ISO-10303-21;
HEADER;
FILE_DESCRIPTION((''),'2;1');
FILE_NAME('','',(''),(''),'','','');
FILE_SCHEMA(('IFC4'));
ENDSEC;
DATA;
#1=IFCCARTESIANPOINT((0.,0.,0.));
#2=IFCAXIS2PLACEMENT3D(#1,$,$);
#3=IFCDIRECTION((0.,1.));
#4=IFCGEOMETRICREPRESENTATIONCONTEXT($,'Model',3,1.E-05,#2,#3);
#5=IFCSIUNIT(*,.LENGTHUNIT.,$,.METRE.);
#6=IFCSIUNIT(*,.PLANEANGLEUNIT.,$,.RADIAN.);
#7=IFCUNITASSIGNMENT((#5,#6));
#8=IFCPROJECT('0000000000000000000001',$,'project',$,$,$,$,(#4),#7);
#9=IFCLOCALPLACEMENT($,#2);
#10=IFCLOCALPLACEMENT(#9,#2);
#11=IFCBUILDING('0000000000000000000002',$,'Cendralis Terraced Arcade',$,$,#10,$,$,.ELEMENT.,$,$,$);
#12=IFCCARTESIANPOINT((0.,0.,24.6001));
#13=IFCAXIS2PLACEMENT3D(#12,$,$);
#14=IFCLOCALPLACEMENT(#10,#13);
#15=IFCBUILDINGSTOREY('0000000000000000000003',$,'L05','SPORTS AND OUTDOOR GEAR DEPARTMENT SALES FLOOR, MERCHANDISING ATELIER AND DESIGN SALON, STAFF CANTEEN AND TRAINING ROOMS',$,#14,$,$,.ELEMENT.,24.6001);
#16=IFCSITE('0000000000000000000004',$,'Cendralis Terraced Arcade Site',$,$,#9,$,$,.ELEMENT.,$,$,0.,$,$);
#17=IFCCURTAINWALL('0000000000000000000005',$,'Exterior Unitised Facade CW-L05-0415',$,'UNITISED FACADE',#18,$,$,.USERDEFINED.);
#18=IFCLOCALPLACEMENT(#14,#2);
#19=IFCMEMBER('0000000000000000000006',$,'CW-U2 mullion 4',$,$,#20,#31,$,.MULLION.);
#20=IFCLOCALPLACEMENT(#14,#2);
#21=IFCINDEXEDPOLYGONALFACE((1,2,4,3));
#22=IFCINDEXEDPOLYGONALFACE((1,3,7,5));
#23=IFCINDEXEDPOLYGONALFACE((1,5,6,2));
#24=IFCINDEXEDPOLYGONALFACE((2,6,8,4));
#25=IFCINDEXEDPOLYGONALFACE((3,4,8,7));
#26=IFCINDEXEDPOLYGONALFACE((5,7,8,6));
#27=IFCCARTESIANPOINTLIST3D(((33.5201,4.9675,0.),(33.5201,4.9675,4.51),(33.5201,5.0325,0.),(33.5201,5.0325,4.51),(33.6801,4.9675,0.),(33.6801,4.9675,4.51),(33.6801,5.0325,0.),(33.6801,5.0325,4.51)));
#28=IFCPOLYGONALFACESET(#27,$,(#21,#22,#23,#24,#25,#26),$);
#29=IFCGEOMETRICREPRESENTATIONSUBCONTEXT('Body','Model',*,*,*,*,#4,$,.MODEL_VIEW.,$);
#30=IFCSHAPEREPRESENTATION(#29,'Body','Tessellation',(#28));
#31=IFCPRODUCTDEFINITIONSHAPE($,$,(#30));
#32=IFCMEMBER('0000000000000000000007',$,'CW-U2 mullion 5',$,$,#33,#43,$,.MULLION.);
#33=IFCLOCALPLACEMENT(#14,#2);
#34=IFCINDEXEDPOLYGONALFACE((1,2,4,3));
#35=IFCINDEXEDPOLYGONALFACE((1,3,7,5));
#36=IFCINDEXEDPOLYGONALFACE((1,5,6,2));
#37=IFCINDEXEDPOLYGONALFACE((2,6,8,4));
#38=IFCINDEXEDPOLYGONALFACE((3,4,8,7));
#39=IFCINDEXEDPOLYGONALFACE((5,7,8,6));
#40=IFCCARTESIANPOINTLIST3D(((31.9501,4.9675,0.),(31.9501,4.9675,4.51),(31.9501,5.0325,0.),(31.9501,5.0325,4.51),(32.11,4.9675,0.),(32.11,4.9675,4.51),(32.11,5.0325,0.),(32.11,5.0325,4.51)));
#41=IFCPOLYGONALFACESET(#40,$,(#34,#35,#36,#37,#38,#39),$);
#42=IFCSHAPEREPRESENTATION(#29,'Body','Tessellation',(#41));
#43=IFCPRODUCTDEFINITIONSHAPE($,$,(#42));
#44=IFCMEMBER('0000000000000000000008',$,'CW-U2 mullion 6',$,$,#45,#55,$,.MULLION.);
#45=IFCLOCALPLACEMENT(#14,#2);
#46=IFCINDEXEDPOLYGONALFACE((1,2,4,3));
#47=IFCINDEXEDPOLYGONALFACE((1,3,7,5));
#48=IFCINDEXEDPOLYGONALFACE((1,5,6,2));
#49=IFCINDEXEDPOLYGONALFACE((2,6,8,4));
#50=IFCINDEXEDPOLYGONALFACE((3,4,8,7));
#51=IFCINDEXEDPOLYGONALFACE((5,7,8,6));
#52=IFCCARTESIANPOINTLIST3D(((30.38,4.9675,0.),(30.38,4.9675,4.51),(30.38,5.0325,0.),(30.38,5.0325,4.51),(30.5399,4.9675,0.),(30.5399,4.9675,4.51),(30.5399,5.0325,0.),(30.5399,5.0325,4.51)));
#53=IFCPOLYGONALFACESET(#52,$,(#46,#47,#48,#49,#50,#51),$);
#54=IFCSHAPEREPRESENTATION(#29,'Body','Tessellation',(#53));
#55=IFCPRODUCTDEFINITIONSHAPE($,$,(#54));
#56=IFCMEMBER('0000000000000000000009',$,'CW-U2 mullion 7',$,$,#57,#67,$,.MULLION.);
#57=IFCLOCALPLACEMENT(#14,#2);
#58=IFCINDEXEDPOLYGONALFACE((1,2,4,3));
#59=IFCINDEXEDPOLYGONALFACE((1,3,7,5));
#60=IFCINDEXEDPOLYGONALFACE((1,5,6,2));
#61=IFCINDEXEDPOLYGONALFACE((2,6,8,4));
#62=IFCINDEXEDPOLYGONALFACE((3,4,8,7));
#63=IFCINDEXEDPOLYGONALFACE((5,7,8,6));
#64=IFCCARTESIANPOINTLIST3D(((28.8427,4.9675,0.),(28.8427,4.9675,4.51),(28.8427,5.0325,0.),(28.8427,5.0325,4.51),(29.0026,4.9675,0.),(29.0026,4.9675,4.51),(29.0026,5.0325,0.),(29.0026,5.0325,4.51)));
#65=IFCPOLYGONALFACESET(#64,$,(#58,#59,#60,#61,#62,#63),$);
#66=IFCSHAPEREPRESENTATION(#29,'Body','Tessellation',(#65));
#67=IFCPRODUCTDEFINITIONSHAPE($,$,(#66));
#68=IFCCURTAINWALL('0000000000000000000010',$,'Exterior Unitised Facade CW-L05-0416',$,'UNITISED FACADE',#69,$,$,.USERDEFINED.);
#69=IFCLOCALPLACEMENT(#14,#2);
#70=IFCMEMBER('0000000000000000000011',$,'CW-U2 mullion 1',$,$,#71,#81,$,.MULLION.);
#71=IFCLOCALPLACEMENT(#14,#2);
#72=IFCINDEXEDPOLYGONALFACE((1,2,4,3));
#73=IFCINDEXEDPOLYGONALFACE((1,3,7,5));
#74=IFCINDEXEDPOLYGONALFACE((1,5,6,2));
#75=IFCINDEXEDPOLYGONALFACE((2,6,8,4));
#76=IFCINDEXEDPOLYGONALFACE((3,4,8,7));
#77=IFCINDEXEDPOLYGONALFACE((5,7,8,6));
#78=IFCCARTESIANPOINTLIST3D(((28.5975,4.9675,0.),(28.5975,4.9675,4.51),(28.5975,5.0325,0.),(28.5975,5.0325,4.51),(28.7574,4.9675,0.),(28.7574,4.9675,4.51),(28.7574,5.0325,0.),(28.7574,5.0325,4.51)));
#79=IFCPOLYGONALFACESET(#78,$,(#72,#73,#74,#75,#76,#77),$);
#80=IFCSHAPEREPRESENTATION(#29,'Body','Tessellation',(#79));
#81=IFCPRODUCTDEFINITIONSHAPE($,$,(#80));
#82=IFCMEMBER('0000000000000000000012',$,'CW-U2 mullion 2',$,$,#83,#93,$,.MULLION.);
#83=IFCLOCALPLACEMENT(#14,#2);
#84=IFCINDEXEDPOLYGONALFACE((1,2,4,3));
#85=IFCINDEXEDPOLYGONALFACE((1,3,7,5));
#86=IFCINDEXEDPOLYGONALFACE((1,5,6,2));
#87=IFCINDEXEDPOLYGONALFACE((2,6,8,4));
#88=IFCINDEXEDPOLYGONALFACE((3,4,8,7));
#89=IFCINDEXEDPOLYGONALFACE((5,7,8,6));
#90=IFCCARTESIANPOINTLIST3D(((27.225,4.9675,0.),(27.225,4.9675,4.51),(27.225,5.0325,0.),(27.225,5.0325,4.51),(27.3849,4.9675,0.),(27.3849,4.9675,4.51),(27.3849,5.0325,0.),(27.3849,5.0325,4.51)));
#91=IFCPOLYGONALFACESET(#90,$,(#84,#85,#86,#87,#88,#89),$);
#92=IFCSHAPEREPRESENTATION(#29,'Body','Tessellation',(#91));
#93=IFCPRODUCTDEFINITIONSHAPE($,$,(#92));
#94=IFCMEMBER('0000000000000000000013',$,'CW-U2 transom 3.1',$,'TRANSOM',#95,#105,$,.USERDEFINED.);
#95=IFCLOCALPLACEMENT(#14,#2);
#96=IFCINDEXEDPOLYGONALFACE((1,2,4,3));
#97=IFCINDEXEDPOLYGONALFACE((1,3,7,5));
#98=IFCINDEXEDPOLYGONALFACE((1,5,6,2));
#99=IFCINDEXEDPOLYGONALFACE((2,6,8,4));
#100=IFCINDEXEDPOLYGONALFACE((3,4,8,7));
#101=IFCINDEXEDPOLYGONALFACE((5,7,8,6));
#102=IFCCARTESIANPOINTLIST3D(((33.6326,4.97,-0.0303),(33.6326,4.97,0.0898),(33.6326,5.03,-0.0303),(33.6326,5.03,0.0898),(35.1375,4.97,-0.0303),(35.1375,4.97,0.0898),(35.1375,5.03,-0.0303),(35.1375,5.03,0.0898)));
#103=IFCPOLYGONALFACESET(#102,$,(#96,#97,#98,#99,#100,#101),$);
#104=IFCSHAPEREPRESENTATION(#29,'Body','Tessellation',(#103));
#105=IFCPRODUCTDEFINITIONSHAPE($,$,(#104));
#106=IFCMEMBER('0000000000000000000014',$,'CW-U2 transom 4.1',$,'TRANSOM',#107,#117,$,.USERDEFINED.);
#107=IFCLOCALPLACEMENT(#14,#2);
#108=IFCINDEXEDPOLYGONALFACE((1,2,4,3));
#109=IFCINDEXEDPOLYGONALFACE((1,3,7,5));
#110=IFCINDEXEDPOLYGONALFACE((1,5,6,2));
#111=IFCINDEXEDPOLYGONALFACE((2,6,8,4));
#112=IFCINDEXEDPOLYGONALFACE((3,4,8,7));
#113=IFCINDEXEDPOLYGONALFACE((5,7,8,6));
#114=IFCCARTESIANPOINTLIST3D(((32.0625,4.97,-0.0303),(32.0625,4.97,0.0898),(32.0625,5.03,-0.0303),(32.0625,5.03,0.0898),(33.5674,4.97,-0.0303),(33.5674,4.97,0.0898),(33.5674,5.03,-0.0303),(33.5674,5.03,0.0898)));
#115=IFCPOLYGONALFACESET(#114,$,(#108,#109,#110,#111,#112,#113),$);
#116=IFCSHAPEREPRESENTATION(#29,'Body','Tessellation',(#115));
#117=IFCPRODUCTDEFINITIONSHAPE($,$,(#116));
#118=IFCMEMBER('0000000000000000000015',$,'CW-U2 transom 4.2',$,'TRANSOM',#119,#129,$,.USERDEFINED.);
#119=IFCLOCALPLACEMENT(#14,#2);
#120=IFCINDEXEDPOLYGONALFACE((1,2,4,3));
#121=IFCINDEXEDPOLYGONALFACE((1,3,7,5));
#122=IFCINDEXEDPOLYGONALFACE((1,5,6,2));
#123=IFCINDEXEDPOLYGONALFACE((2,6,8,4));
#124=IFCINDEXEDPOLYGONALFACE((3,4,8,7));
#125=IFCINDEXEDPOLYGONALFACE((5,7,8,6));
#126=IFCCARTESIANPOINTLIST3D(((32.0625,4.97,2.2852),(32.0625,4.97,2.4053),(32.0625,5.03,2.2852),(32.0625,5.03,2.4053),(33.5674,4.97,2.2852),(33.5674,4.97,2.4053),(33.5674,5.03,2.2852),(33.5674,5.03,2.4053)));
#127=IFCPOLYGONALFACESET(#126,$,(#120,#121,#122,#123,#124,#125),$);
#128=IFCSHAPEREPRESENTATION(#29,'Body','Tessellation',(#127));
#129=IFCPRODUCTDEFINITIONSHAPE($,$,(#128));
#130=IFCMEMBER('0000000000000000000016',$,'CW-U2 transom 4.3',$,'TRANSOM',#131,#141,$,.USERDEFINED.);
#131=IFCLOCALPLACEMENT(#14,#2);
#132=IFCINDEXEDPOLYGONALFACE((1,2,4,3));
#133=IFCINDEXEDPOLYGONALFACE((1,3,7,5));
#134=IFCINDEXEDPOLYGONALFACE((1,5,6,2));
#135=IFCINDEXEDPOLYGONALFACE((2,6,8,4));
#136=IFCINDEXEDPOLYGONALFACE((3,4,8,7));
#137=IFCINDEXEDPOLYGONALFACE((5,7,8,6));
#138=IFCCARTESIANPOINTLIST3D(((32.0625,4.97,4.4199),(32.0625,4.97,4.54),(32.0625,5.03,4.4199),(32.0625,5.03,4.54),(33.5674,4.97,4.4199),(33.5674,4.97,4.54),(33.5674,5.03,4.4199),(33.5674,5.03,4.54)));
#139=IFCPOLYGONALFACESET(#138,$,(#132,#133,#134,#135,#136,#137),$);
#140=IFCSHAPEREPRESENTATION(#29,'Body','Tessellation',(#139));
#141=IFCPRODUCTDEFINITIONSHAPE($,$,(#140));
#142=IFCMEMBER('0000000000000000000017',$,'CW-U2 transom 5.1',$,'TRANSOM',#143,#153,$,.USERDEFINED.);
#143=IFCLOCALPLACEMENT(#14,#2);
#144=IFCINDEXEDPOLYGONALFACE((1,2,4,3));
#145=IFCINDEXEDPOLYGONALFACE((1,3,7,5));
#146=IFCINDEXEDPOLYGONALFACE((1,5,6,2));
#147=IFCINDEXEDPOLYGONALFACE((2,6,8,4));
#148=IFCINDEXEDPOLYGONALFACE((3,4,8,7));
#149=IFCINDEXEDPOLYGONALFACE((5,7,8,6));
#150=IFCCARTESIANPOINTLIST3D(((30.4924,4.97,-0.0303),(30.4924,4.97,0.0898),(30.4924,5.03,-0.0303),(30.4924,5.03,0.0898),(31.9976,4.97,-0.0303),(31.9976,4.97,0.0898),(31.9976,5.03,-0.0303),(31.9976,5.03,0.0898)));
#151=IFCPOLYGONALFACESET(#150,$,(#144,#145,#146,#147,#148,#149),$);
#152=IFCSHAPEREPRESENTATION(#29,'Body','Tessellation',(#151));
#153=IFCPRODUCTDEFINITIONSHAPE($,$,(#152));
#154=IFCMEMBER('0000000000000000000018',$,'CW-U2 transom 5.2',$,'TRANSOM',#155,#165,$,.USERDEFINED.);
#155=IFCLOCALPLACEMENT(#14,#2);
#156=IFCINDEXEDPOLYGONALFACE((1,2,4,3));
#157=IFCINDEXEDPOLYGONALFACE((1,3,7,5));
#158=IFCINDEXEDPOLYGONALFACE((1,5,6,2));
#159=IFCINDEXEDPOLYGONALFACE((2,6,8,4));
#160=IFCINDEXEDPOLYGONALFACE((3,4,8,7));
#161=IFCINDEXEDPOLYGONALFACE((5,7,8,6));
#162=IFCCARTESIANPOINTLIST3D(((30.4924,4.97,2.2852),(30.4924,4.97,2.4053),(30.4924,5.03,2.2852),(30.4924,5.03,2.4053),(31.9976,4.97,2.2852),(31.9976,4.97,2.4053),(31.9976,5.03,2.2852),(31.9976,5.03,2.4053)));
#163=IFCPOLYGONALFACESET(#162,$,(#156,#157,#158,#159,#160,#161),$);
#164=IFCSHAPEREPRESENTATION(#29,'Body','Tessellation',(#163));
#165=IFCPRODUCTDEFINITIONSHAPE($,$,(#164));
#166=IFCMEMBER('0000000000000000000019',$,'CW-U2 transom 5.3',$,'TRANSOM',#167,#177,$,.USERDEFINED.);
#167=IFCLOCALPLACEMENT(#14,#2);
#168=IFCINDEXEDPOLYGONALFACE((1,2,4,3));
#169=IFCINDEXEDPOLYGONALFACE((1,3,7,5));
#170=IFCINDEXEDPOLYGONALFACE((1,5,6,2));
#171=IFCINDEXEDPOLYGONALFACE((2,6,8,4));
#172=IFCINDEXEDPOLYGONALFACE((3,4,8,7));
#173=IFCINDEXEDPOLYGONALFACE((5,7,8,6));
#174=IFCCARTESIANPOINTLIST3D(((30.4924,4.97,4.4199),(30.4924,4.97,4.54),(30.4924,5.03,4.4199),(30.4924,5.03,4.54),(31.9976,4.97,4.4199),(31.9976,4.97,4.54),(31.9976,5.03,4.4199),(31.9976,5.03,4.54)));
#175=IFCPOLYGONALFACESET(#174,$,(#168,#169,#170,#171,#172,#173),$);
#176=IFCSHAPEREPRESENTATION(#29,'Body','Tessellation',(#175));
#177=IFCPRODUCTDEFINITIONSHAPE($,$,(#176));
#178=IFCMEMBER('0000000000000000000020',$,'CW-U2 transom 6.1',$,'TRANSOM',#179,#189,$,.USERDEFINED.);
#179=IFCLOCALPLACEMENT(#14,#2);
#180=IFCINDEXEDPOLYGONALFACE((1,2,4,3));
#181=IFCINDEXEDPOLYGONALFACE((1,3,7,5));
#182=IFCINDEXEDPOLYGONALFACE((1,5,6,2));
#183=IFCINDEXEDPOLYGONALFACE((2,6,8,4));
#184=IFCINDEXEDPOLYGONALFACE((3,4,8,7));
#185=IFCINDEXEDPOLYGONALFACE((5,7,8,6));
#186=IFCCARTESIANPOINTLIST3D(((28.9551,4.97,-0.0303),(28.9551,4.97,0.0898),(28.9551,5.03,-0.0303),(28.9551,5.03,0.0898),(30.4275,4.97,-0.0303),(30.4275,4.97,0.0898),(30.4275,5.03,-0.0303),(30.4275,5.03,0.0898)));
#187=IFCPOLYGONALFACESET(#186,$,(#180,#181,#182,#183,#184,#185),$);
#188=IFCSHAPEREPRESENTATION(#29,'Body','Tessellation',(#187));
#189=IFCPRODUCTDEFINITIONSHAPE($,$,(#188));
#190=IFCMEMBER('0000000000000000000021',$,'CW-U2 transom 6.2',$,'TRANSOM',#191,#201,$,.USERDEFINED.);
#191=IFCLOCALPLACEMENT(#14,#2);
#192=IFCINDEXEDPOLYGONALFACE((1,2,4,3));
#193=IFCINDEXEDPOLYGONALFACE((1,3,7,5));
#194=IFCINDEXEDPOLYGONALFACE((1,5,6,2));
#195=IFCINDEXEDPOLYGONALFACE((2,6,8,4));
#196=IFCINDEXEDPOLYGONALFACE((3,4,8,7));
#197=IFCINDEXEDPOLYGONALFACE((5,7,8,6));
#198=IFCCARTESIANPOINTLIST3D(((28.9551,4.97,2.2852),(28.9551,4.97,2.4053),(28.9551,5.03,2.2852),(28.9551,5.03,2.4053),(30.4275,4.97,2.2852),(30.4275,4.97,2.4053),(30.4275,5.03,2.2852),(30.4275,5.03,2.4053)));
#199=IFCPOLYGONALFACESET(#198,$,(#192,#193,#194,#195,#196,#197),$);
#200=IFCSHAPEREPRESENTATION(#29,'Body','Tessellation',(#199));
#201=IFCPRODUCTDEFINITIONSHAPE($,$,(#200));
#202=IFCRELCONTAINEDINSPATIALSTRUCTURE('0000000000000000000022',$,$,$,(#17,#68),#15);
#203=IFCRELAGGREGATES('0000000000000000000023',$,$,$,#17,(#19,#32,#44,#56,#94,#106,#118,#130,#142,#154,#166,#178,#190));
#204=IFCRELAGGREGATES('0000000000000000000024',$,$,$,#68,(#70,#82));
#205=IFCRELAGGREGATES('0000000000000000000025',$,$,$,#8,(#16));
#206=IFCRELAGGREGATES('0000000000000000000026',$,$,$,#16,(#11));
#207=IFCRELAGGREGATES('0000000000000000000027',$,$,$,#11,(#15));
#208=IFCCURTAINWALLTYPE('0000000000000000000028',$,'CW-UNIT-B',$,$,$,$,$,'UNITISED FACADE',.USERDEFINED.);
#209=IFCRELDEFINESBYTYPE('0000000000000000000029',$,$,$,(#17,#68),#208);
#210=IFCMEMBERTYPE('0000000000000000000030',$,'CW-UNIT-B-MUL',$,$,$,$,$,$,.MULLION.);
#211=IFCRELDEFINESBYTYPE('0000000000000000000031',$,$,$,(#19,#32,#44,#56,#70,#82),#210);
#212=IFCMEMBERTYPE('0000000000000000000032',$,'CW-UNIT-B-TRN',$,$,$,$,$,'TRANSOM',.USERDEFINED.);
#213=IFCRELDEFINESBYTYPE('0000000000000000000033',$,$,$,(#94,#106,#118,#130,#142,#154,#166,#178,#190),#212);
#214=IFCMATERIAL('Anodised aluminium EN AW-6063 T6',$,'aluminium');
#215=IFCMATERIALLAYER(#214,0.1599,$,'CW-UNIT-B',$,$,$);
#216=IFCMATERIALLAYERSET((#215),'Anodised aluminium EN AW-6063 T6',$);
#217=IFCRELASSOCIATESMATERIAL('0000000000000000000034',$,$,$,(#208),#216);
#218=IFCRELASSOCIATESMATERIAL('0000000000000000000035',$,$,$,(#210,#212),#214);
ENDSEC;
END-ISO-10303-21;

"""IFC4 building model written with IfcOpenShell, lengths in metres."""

from ifc_helpers import new_model, si_unit, direction, frame, origin, origin_2d, place, context, subcontext, project, spatial, rectangle, extrude, material, layer, layer_set, material_profile, profile_set, type_object, element, aggregate, save


model = new_model("IFC4")

# Units and contexts
model_context = context("Model", 3, precision=1e-05, world=origin(), true_north=direction((0.0, 1.0)))
body_context = subcontext(model_context, "Body", "Model", "MODEL_VIEW")
ifc_project = project(units=[si_unit("LENGTHUNIT", "METRE"), si_unit("PLANEANGLEUNIT", "RADIAN")], contexts=[model_context])

# Site, building, storey
site_placement = place(None, origin())
site = spatial("IfcSite", under=ifc_project, at=site_placement, Name="Cendralis Terraced Arcade Site", CompositionType="ELEMENT", RefElevation=0.0)
building_placement = place(site_placement, origin())
building = spatial("IfcBuilding", under=site, at=building_placement, Name="Cendralis Terraced Arcade", CompositionType="ELEMENT")
storey_placement = place(building_placement, frame((0.0, 0.0, 24.6001)))
storey = spatial("IfcBuildingStorey", under=building, at=storey_placement, Name="L05", Description="SPORTS AND OUTDOOR GEAR DEPARTMENT SALES FLOOR, MERCHANDISING ATELIER AND DESIGN SALON, STAFF CANTEEN AND TRAINING ROOMS", CompositionType="ELEMENT", Elevation=24.6001)

# Curtain walls, members
ifc_material_1 = material(Name="Anodised aluminium EN AW-6063 T6", Category="aluminium")
ifc_layer_1 = layer(ifc_material_1, 0.1599, Name="CW-UNIT-B")
ifc_layer_set_1 = layer_set([ifc_layer_1], Name="Anodised aluminium EN AW-6063 T6")
curtain_wall_type = type_object("IfcCurtainWallType", Name="CW-UNIT-B", ElementType="UNITISED FACADE", PredefinedType="USERDEFINED", material=ifc_layer_set_1)
curtain_wall_1_placement = place(storey_placement, origin())
curtain_wall_1 = element("IfcCurtainWall", 1, at=curtain_wall_1_placement, inside=storey, type_object=curtain_wall_type, Name="Exterior Unitised Facade CW-L05-0415", ObjectType="UNITISED FACADE", PredefinedType="USERDEFINED")
ifc_material_profile_1 = material_profile(ifc_material_1, rectangle(XDim=0.0649, YDim=0.1599, at=origin_2d()), Name="ALU-MUL-65x160")
ifc_profile_set_1 = profile_set([ifc_material_profile_1], Name="Anodised aluminium EN AW-6063 T6")
member_type_1 = type_object("IfcMemberType", Name="CW-UNIT-B-MUL", PredefinedType="MULLION", material=ifc_profile_set_1)
member_1_placement = place(storey_placement, frame((33.6001, 5.0, 0.0), z_axis=(0.0, 0.0, 1.0), x_axis=(0.0, -1.0, 0.0)))
member_1 = element("IfcMember", 2, at=member_1_placement, type_object=member_type_1, Name="CW-U2 mullion 4", PredefinedType="MULLION", context=body_context, shape_type="SweptSolid", body=[
    extrude(rectangle(XDim=0.0649, YDim=0.1599, at=origin_2d()), origin(), (0.0, 0.0, 1.0), 4.51),
])
member_2_placement = place(storey_placement, frame((32.03, 5.0, 0.0), z_axis=(0.0, 0.0, 1.0), x_axis=(0.0, -1.0, 0.0)))
member_2 = element("IfcMember", 3, at=member_2_placement, type_object=member_type_1, Name="CW-U2 mullion 5", PredefinedType="MULLION", context=body_context, shape_type="SweptSolid", body=[
    extrude(rectangle(XDim=0.0649, YDim=0.1599, at=origin_2d()), origin(), (0.0, 0.0, 1.0), 4.51),
])
member_3_placement = place(storey_placement, frame((30.46, 5.0, 0.0), z_axis=(0.0, 0.0, 1.0), x_axis=(0.0, -1.0, 0.0)))
member_3 = element("IfcMember", 4, at=member_3_placement, type_object=member_type_1, Name="CW-U2 mullion 6", PredefinedType="MULLION", context=body_context, shape_type="SweptSolid", body=[
    extrude(rectangle(XDim=0.0649, YDim=0.1599, at=origin_2d()), origin(), (0.0, 0.0, 1.0), 4.51),
])
member_4_placement = place(storey_placement, frame((28.9226, 5.0, 0.0), z_axis=(0.0, 0.0, 1.0), x_axis=(0.0, -1.0, 0.0)))
member_4 = element("IfcMember", 5, at=member_4_placement, type_object=member_type_1, Name="CW-U2 mullion 7", PredefinedType="MULLION", context=body_context, shape_type="SweptSolid", body=[
    extrude(rectangle(XDim=0.0649, YDim=0.1599, at=origin_2d()), origin(), (0.0, 0.0, 1.0), 4.51),
])
curtain_wall_2_placement = place(storey_placement, origin())
curtain_wall_2 = element("IfcCurtainWall", 6, at=curtain_wall_2_placement, inside=storey, type_object=curtain_wall_type, Name="Exterior Unitised Facade CW-L05-0416", ObjectType="UNITISED FACADE", PredefinedType="USERDEFINED")
member_5_placement = place(storey_placement, frame((28.6775, 5.0, 0.0), z_axis=(0.0, 0.0, 1.0), x_axis=(0.0, -1.0, 0.0)))
member_5 = element("IfcMember", 7, at=member_5_placement, type_object=member_type_1, Name="CW-U2 mullion 1", PredefinedType="MULLION", context=body_context, shape_type="SweptSolid", body=[
    extrude(rectangle(XDim=0.0649, YDim=0.1599, at=origin_2d()), origin(), (0.0, 0.0, 1.0), 4.51),
])
member_6_placement = place(storey_placement, frame((27.3049, 5.0, 0.0), z_axis=(0.0, 0.0, 1.0), x_axis=(0.0, -1.0, 0.0)))
member_6 = element("IfcMember", 8, at=member_6_placement, type_object=member_type_1, Name="CW-U2 mullion 2", PredefinedType="MULLION", context=body_context, shape_type="SweptSolid", body=[
    extrude(rectangle(XDim=0.0649, YDim=0.1599, at=origin_2d()), origin(), (0.0, 0.0, 1.0), 4.51),
])

# Members
ifc_material_profile_2 = material_profile(ifc_material_1, rectangle(XDim=0.0601, YDim=0.1201, at=origin_2d()), Name="ALU-TRN-60x120")
ifc_profile_set_2 = profile_set([ifc_material_profile_2], Name="Anodised aluminium EN AW-6063 T6")
member_type_2 = type_object("IfcMemberType", Name="CW-UNIT-B-TRN", ElementType="TRANSOM", PredefinedType="USERDEFINED", material=ifc_profile_set_2)
member_7_placement = place(storey_placement, frame((35.1375, 5.0, 0.0298), z_axis=(-1.0, 0.0, 0.0), x_axis=(0.0, -1.0, 0.0)))
member_7 = element("IfcMember", 9, at=member_7_placement, type_object=member_type_2, Name="CW-U2 transom 3.1", ObjectType="TRANSOM", PredefinedType="USERDEFINED", context=body_context, shape_type="SweptSolid", body=[
    extrude(rectangle(XDim=0.0601, YDim=0.1201, at=origin_2d()), origin(), (0.0, 0.0, 1.0), 1.5049),
])
member_8_placement = place(storey_placement, frame((33.5674, 5.0, 0.0298), z_axis=(-1.0, 0.0, 0.0), x_axis=(0.0, -1.0, 0.0)))
member_8 = element("IfcMember", 10, at=member_8_placement, type_object=member_type_2, Name="CW-U2 transom 4.1", ObjectType="TRANSOM", PredefinedType="USERDEFINED", context=body_context, shape_type="SweptSolid", body=[
    extrude(rectangle(XDim=0.0601, YDim=0.1201, at=origin_2d()), origin(), (0.0, 0.0, 1.0), 1.5049),
])
member_9_placement = place(storey_placement, frame((33.5674, 5.0, 2.3452), z_axis=(-1.0, 0.0, 0.0), x_axis=(0.0, -1.0, 0.0)))
member_9 = element("IfcMember", 11, at=member_9_placement, type_object=member_type_2, Name="CW-U2 transom 4.2", ObjectType="TRANSOM", PredefinedType="USERDEFINED", context=body_context, shape_type="SweptSolid", body=[
    extrude(rectangle(XDim=0.0601, YDim=0.1201, at=origin_2d()), origin(), (0.0, 0.0, 1.0), 1.5049),
])
member_10_placement = place(storey_placement, frame((33.5674, 5.0, 4.48), z_axis=(-1.0, 0.0, 0.0), x_axis=(0.0, -1.0, 0.0)))
member_10 = element("IfcMember", 12, at=member_10_placement, type_object=member_type_2, Name="CW-U2 transom 4.3", ObjectType="TRANSOM", PredefinedType="USERDEFINED", context=body_context, shape_type="SweptSolid", body=[
    extrude(rectangle(XDim=0.0601, YDim=0.1201, at=origin_2d()), origin(), (0.0, 0.0, 1.0), 1.5049),
])
member_11_placement = place(storey_placement, frame((31.9976, 5.0, 0.0298), z_axis=(-1.0, 0.0, 0.0), x_axis=(0.0, -1.0, 0.0)))
member_11 = element("IfcMember", 13, at=member_11_placement, type_object=member_type_2, Name="CW-U2 transom 5.1", ObjectType="TRANSOM", PredefinedType="USERDEFINED", context=body_context, shape_type="SweptSolid", body=[
    extrude(rectangle(XDim=0.0601, YDim=0.1201, at=origin_2d()), origin(), (0.0, 0.0, 1.0), 1.5051),
])
member_12_placement = place(storey_placement, frame((31.9976, 5.0, 2.3452), z_axis=(-1.0, 0.0, 0.0), x_axis=(0.0, -1.0, 0.0)))
member_12 = element("IfcMember", 14, at=member_12_placement, type_object=member_type_2, Name="CW-U2 transom 5.2", ObjectType="TRANSOM", PredefinedType="USERDEFINED", context=body_context, shape_type="SweptSolid", body=[
    extrude(rectangle(XDim=0.0601, YDim=0.1201, at=origin_2d()), origin(), (0.0, 0.0, 1.0), 1.5051),
])
member_13_placement = place(storey_placement, frame((31.9976, 5.0, 4.48), z_axis=(-1.0, 0.0, 0.0), x_axis=(0.0, -1.0, 0.0)))
member_13 = element("IfcMember", 15, at=member_13_placement, type_object=member_type_2, Name="CW-U2 transom 5.3", ObjectType="TRANSOM", PredefinedType="USERDEFINED", context=body_context, shape_type="SweptSolid", body=[
    extrude(rectangle(XDim=0.0601, YDim=0.1201, at=origin_2d()), origin(), (0.0, 0.0, 1.0), 1.5051),
])
member_14_placement = place(storey_placement, frame((30.4275, 5.0, 0.0298), z_axis=(-1.0, 0.0, 0.0), x_axis=(0.0, -1.0, 0.0)))
member_14 = element("IfcMember", 16, at=member_14_placement, type_object=member_type_2, Name="CW-U2 transom 6.1", ObjectType="TRANSOM", PredefinedType="USERDEFINED", context=body_context, shape_type="SweptSolid", body=[
    extrude(rectangle(XDim=0.0601, YDim=0.1201, at=origin_2d()), origin(), (0.0, 0.0, 1.0), 1.4724),
])
member_15_placement = place(storey_placement, frame((30.4275, 5.0, 2.3452), z_axis=(-1.0, 0.0, 0.0), x_axis=(0.0, -1.0, 0.0)))
member_15 = element("IfcMember", 17, at=member_15_placement, type_object=member_type_2, Name="CW-U2 transom 6.2", ObjectType="TRANSOM", PredefinedType="USERDEFINED", context=body_context, shape_type="SweptSolid", body=[
    extrude(rectangle(XDim=0.0601, YDim=0.1201, at=origin_2d()), origin(), (0.0, 0.0, 1.0), 1.4724),
])

aggregate(curtain_wall_1, [member_1, member_2, member_3, member_4, member_7, member_8, member_9, member_10, member_11, member_12, member_13, member_14, member_15])
aggregate(curtain_wall_2, [member_5, member_6])

save(model, "model.ifc")
